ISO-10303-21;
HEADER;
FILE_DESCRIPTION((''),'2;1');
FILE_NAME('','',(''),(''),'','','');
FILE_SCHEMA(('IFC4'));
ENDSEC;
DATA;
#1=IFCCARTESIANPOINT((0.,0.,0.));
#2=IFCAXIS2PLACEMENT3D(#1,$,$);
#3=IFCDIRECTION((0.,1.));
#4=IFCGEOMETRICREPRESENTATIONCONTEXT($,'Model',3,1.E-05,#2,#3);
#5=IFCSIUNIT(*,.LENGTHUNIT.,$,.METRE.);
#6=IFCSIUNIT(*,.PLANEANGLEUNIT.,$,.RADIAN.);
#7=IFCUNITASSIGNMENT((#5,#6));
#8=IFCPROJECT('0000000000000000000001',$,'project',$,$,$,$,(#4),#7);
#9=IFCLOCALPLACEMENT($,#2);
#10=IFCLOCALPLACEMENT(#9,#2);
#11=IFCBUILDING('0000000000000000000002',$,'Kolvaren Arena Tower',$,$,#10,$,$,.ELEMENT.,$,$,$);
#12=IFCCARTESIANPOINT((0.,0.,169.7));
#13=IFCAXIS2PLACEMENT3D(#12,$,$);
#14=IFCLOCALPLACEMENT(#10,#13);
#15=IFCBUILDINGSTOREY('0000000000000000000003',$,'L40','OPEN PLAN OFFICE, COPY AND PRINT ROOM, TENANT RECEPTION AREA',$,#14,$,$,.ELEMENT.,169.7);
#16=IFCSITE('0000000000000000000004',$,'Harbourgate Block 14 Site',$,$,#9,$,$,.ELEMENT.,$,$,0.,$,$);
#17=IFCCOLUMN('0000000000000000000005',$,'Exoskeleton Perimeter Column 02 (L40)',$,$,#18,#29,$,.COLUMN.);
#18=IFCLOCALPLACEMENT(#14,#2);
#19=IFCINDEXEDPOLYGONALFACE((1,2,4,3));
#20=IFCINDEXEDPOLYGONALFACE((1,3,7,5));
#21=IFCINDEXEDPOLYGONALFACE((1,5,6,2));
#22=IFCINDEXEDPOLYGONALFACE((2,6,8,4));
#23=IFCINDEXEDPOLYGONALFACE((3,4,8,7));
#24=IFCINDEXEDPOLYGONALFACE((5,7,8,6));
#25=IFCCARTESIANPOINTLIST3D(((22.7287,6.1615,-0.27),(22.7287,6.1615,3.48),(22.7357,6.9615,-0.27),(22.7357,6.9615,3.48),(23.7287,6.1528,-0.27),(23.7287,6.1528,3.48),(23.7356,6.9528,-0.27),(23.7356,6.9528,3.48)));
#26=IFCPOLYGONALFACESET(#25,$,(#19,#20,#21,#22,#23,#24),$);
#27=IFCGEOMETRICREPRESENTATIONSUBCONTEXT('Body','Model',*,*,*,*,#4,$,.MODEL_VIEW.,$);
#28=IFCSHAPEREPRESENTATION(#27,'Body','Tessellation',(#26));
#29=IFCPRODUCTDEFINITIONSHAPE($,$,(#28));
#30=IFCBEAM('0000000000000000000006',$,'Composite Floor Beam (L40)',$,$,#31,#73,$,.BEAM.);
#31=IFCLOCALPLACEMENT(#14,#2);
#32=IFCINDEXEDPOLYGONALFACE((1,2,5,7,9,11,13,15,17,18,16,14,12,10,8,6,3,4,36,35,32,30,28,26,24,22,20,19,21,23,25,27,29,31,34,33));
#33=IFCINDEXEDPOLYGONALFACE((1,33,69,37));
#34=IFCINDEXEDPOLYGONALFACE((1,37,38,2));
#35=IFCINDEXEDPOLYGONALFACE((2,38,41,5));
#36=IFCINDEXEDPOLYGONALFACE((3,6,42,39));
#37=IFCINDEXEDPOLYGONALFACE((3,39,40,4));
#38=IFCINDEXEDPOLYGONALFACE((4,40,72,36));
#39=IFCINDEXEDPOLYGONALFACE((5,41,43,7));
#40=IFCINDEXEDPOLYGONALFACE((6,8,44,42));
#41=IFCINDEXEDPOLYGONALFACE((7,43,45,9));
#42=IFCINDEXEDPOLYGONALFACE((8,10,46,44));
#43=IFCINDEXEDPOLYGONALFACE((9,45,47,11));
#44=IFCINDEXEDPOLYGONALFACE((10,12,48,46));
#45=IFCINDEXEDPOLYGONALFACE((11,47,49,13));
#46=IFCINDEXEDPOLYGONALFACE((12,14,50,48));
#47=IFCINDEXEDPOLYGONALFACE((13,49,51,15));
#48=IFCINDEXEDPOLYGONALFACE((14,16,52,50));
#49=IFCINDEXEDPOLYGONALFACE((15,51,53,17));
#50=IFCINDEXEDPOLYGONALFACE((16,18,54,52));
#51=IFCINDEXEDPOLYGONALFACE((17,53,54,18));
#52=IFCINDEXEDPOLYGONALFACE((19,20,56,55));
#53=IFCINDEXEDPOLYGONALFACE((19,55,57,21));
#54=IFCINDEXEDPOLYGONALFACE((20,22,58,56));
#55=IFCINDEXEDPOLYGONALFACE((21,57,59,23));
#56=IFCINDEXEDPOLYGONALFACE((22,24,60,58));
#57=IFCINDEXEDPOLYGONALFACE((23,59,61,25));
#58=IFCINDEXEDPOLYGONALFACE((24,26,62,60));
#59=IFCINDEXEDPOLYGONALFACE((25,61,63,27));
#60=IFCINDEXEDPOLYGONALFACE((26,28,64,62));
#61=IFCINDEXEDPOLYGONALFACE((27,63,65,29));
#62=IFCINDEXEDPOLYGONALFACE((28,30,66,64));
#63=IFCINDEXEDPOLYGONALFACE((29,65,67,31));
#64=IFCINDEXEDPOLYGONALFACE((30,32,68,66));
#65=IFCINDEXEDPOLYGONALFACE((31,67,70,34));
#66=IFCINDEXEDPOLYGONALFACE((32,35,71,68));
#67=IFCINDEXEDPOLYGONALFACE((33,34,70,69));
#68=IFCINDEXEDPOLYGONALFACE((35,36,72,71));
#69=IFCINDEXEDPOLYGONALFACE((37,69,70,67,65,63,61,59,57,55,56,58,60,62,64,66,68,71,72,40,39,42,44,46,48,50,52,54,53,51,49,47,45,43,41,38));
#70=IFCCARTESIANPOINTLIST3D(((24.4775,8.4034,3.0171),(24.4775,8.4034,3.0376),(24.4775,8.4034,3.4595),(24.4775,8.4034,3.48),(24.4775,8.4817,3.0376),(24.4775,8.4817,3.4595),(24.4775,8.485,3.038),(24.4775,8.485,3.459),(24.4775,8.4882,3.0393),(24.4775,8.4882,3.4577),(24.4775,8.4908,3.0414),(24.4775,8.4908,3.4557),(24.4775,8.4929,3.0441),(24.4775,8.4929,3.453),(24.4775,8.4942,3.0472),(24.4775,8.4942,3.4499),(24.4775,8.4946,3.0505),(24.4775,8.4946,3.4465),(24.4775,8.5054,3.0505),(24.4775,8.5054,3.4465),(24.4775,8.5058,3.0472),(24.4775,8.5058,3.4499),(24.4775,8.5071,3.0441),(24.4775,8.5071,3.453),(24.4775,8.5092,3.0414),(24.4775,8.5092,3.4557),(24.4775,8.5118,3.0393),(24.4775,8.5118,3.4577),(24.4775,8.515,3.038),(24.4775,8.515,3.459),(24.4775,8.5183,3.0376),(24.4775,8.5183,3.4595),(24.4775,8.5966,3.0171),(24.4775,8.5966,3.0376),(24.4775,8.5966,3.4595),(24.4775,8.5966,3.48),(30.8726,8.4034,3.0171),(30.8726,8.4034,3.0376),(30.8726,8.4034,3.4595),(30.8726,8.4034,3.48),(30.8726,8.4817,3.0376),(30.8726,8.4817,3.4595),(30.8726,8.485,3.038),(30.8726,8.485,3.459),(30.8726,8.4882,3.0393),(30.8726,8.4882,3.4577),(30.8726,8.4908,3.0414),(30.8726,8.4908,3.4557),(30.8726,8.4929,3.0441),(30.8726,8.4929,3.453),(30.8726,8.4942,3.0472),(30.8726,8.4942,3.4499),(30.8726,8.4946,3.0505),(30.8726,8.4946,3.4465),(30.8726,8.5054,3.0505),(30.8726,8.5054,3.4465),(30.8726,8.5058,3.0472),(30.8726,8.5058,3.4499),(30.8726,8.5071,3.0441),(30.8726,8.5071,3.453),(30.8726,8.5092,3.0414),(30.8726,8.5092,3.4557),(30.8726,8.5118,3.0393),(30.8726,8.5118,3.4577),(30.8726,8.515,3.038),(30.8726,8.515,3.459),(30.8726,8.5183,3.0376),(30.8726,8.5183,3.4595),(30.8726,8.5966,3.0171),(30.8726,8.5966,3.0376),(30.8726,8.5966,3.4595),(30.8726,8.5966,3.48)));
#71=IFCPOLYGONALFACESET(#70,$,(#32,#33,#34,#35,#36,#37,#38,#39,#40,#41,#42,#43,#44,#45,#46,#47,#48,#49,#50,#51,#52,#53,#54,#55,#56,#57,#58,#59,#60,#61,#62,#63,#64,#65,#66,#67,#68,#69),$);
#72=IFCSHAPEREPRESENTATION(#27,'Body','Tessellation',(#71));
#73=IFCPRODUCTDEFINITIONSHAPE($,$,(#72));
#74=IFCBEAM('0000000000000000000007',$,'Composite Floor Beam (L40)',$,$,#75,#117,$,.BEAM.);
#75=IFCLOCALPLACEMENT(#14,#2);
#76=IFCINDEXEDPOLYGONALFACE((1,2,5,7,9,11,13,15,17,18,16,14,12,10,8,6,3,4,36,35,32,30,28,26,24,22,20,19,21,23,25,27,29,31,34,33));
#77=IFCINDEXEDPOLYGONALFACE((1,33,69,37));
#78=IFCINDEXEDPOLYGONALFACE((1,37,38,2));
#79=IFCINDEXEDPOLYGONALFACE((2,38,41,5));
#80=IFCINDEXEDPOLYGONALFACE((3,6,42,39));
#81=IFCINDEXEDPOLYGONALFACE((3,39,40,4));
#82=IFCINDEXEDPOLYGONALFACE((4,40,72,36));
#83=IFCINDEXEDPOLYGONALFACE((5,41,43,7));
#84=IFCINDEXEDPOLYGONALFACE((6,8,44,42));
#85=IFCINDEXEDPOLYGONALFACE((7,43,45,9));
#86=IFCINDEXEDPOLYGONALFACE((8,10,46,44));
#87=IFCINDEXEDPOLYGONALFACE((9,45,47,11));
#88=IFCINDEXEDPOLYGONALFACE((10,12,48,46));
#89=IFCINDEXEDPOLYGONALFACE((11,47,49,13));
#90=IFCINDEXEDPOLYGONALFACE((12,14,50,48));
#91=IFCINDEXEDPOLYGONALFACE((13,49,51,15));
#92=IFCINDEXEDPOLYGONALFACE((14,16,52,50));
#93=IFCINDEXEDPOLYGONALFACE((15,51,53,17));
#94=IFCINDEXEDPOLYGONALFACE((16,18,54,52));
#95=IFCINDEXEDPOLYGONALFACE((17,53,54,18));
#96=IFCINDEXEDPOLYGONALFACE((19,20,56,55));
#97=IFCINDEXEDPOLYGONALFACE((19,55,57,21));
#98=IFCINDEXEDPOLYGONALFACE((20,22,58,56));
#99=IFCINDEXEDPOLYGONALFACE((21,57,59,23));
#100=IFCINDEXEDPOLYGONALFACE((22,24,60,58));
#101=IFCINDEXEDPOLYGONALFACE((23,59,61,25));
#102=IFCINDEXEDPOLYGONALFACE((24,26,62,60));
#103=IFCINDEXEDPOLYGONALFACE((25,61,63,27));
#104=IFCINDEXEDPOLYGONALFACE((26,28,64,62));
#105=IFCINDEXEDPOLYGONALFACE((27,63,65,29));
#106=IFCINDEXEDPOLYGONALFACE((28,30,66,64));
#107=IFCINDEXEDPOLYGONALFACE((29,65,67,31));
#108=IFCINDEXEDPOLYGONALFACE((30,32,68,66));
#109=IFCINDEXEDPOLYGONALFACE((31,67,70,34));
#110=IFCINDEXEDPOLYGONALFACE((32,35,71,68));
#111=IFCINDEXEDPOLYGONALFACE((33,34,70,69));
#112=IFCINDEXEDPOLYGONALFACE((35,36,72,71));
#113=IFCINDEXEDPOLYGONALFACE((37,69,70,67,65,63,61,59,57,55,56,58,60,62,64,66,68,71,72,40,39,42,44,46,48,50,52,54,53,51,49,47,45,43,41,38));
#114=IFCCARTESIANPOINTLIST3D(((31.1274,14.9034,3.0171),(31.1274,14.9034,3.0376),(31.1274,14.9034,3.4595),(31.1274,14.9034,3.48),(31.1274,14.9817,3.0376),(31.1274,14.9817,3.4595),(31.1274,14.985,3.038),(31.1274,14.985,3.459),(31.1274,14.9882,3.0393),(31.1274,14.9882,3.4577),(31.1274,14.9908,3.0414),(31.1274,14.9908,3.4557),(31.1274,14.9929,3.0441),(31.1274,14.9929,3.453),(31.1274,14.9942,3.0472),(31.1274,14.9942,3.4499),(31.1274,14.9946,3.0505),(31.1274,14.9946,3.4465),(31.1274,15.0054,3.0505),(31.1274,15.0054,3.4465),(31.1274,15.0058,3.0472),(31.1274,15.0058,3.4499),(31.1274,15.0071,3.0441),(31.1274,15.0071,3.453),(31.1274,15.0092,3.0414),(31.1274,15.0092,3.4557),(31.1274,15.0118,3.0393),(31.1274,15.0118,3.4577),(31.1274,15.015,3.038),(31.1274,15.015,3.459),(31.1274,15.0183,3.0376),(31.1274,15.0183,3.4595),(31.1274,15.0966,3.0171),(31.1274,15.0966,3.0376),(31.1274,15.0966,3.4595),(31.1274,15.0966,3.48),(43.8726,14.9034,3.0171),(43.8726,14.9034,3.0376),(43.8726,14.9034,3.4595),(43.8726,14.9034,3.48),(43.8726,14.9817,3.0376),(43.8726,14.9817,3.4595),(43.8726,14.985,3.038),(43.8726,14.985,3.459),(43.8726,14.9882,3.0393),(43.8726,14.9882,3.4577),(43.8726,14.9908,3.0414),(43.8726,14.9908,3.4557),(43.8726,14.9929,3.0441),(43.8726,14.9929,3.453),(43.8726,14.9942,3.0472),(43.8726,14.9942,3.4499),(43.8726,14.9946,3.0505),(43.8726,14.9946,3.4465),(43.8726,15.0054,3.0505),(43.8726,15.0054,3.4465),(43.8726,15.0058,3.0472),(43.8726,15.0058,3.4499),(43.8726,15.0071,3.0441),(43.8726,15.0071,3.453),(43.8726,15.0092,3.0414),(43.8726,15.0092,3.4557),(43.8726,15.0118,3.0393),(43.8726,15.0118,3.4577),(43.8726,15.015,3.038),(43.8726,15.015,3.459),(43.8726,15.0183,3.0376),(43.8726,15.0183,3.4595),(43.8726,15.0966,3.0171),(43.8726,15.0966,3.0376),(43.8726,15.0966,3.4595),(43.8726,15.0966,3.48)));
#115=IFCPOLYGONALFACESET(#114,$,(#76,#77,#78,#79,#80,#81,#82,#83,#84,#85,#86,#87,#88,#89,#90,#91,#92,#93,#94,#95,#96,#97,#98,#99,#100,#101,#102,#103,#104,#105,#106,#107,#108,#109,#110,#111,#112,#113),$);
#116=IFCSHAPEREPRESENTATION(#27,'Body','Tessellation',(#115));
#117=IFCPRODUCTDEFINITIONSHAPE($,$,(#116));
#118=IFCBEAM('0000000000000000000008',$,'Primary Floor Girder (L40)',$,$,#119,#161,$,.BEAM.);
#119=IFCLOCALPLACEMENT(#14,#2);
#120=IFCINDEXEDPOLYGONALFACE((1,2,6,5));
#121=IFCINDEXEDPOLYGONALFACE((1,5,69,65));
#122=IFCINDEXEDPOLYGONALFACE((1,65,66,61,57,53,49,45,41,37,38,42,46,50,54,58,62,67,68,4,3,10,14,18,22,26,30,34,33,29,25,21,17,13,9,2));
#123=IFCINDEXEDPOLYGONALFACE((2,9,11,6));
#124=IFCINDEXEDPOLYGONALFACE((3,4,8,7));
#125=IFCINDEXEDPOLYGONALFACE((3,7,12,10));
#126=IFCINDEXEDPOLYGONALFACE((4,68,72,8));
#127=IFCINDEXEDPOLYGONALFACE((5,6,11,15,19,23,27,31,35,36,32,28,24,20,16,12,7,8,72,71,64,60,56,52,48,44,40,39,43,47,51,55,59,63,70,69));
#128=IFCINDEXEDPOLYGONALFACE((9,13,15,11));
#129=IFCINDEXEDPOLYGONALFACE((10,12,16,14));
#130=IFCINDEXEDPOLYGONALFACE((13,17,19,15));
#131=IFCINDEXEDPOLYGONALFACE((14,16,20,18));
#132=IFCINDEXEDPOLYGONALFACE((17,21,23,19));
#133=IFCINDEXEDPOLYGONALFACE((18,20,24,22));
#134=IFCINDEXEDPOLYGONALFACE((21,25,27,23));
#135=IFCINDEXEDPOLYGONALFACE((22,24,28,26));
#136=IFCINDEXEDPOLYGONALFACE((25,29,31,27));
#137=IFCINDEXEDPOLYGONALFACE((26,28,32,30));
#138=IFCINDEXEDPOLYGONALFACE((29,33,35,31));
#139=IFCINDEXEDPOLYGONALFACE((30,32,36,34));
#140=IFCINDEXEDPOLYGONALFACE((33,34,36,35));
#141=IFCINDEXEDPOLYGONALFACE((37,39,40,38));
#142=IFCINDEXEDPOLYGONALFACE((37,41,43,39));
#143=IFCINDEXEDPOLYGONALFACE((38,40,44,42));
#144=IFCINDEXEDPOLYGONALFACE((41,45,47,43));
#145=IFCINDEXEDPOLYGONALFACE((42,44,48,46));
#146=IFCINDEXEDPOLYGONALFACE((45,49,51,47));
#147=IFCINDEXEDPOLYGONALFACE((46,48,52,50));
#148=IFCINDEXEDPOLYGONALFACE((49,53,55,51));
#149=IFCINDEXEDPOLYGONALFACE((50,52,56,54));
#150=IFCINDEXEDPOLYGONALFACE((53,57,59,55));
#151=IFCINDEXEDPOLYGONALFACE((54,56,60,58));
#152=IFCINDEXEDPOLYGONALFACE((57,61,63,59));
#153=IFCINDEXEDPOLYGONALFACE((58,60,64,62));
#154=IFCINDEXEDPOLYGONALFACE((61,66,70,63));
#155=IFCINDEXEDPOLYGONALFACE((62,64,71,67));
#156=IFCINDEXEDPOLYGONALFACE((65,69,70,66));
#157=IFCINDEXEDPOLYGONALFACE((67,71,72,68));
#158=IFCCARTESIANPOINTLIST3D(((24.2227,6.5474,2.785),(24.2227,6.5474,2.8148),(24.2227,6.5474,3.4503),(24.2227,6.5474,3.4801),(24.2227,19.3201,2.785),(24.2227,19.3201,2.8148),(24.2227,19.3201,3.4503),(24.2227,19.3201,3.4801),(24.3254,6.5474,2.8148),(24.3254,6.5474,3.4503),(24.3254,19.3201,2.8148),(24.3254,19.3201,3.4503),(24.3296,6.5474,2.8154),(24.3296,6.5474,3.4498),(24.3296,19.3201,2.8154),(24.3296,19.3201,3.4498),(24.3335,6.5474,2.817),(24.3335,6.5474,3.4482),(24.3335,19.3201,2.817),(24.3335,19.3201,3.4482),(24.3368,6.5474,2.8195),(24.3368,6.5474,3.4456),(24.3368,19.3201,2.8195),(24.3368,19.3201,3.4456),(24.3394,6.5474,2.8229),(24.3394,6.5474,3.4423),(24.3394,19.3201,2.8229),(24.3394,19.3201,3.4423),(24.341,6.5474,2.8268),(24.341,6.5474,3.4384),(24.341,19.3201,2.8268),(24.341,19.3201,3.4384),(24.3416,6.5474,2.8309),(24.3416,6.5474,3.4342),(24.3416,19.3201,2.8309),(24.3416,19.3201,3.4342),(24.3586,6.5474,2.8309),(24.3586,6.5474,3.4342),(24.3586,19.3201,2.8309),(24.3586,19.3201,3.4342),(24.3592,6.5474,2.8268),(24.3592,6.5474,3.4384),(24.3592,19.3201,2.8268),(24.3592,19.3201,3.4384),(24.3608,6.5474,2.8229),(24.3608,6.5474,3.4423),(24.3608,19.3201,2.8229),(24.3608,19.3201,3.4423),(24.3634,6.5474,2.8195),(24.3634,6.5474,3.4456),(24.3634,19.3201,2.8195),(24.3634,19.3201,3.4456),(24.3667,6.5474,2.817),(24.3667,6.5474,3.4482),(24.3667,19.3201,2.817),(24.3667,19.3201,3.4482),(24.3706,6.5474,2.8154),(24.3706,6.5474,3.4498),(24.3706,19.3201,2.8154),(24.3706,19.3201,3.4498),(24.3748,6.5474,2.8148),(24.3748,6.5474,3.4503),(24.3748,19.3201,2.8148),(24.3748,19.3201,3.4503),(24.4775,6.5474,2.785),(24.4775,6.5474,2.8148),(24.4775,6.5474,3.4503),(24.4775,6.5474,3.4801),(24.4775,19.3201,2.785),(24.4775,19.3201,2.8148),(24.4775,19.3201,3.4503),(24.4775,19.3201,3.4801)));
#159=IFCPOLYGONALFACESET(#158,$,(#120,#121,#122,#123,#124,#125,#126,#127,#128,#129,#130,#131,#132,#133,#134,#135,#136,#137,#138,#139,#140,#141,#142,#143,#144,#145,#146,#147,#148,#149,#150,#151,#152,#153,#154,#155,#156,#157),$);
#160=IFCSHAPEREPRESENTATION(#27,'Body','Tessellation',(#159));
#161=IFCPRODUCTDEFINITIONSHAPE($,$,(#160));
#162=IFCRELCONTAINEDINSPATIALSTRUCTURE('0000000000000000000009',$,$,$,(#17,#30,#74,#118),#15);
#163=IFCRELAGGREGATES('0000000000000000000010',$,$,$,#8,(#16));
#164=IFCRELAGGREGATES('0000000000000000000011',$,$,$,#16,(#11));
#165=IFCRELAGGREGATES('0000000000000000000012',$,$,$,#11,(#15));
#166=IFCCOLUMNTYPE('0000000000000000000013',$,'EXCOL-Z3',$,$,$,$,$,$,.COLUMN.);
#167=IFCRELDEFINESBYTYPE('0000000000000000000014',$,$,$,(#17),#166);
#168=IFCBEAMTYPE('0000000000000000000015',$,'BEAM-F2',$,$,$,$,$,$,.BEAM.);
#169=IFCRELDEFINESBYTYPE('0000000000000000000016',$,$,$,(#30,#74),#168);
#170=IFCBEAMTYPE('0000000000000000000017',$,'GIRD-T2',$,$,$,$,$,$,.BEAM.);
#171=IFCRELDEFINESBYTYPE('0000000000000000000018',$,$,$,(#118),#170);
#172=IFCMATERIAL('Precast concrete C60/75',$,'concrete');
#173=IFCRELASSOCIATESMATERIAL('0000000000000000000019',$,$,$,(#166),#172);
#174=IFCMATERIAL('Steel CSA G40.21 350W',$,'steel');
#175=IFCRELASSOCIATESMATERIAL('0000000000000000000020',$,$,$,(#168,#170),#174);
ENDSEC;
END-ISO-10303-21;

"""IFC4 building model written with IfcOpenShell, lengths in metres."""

from ifc_helpers import new_model, si_unit, direction, frame, origin, origin_2d, place, context, subcontext, project, spatial, rectangle, i_section, extrude, material, material_profile, profile_set, type_object, element, save


model = new_model("IFC4")

# Units and contexts
model_context = context("Model", 3, precision=1e-05, world=origin(), true_north=direction((0.0, 1.0)))
body_context = subcontext(model_context, "Body", "Model", "MODEL_VIEW")
ifc_project = project(units=[si_unit("LENGTHUNIT", "METRE"), si_unit("PLANEANGLEUNIT", "RADIAN")], contexts=[model_context])

# Site, building, storey
site_placement = place(None, origin())
site = spatial("IfcSite", under=ifc_project, at=site_placement, Name="Harbourgate Block 14 Site", CompositionType="ELEMENT", RefElevation=0.0)
building_placement = place(site_placement, origin())
building = spatial("IfcBuilding", under=site, at=building_placement, Name="Kolvaren Arena Tower", CompositionType="ELEMENT")
storey_placement = place(building_placement, frame((0.0, 0.0, 169.7)))
storey = spatial("IfcBuildingStorey", under=building, at=storey_placement, Name="L40", Description="OPEN PLAN OFFICE, COPY AND PRINT ROOM, TENANT RECEPTION AREA", CompositionType="ELEMENT", Elevation=169.7)

# Column
ifc_material_1 = material(Name="Precast concrete C60/75", Category="concrete")
ifc_material_profile_1 = material_profile(ifc_material_1, rectangle(XDim=1.0, YDim=0.8, at=origin_2d()), Name="RC-1000x800")
ifc_profile_set_1 = profile_set([ifc_material_profile_1], Name="Precast concrete C60/75")
column_type = type_object("IfcColumnType", Name="EXCOL-Z3", PredefinedType="COLUMN", material=ifc_profile_set_1)
column_placement = place(storey_placement, frame((23.2322, 6.5571, -0.27), z_axis=(0.0, 0.0, 1.0), x_axis=(0.999962, -0.008727, 0.0)))
element("IfcColumn", 1, at=column_placement, inside=storey, type_object=column_type, Name="Exoskeleton Perimeter Column 02 (L40)", PredefinedType="COLUMN", context=body_context, shape_type="SweptSolid", body=[
    extrude(rectangle(XDim=1.0, YDim=0.8, at=origin_2d()), origin(), (0.0, 0.0, 1.0), 3.75),
])

# Beams
ifc_material_2 = material(Name="Steel CSA G40.21 350W", Category="steel")
ifc_material_profile_2 = material_profile(ifc_material_2, i_section(OverallWidth=0.1931, OverallDepth=0.4629, WebThickness=0.0107, FlangeThickness=0.0205, FilletRadius=0.0129, at=origin_2d()), Name="W460x113")
ifc_profile_set_2 = profile_set([ifc_material_profile_2], Name="Steel CSA G40.21 350W")
beam_type_1 = type_object("IfcBeamType", Name="BEAM-F2", PredefinedType="BEAM", material=ifc_profile_set_2)
beam_1_placement = place(storey_placement, frame((24.4775, 8.5, 3.2485), z_axis=(1.0, 0.0, 0.0), x_axis=(0.0, 1.0, 0.0)))
element("IfcBeam", 2, at=beam_1_placement, inside=storey, type_object=beam_type_1, Name="Composite Floor Beam (L40)", PredefinedType="BEAM", context=body_context, shape_type="SweptSolid", body=[
    extrude(i_section(OverallWidth=0.1931, OverallDepth=0.4629, WebThickness=0.0107, FlangeThickness=0.0205, FilletRadius=0.0129, at=origin_2d()), origin(), (0.0, 0.0, 1.0), 6.395),
])
beam_2_placement = place(storey_placement, frame((31.1274, 15.0, 3.2485), z_axis=(1.0, 0.0, 0.0), x_axis=(0.0, 1.0, 0.0)))
element("IfcBeam", 3, at=beam_2_placement, inside=storey, type_object=beam_type_1, Name="Composite Floor Beam (L40)", PredefinedType="BEAM", context=body_context, shape_type="SweptSolid", body=[
    extrude(i_section(OverallWidth=0.1931, OverallDepth=0.4629, WebThickness=0.0107, FlangeThickness=0.0205, FilletRadius=0.0129, at=origin_2d()), origin(), (0.0, 0.0, 1.0), 12.7451),
])
ifc_material_profile_3 = material_profile(ifc_material_2, i_section(OverallWidth=0.2549, OverallDepth=0.6951, WebThickness=0.0171, FlangeThickness=0.0298, FilletRadius=0.0161, at=origin_2d()), Name="W690x217")
ifc_profile_set_3 = profile_set([ifc_material_profile_3], Name="Steel CSA G40.21 350W")
beam_type_2 = type_object("IfcBeamType", Name="GIRD-T2", PredefinedType="BEAM", material=ifc_profile_set_3)
beam_3_placement = place(storey_placement, frame((24.3501, 6.5474, 3.1326), z_axis=(0.0, 1.0, 0.0), x_axis=(-1.0, 0.0, 0.0)))
element("IfcBeam", 4, at=beam_3_placement, inside=storey, type_object=beam_type_2, Name="Primary Floor Girder (L40)", PredefinedType="BEAM", context=body_context, shape_type="SweptSolid", body=[
    extrude(i_section(OverallWidth=0.2549, OverallDepth=0.6951, WebThickness=0.0171, FlangeThickness=0.0298, FilletRadius=0.0161, at=origin_2d()), origin(), (0.0, 0.0, 1.0), 12.7727),
])

save(model, "model.ifc")
